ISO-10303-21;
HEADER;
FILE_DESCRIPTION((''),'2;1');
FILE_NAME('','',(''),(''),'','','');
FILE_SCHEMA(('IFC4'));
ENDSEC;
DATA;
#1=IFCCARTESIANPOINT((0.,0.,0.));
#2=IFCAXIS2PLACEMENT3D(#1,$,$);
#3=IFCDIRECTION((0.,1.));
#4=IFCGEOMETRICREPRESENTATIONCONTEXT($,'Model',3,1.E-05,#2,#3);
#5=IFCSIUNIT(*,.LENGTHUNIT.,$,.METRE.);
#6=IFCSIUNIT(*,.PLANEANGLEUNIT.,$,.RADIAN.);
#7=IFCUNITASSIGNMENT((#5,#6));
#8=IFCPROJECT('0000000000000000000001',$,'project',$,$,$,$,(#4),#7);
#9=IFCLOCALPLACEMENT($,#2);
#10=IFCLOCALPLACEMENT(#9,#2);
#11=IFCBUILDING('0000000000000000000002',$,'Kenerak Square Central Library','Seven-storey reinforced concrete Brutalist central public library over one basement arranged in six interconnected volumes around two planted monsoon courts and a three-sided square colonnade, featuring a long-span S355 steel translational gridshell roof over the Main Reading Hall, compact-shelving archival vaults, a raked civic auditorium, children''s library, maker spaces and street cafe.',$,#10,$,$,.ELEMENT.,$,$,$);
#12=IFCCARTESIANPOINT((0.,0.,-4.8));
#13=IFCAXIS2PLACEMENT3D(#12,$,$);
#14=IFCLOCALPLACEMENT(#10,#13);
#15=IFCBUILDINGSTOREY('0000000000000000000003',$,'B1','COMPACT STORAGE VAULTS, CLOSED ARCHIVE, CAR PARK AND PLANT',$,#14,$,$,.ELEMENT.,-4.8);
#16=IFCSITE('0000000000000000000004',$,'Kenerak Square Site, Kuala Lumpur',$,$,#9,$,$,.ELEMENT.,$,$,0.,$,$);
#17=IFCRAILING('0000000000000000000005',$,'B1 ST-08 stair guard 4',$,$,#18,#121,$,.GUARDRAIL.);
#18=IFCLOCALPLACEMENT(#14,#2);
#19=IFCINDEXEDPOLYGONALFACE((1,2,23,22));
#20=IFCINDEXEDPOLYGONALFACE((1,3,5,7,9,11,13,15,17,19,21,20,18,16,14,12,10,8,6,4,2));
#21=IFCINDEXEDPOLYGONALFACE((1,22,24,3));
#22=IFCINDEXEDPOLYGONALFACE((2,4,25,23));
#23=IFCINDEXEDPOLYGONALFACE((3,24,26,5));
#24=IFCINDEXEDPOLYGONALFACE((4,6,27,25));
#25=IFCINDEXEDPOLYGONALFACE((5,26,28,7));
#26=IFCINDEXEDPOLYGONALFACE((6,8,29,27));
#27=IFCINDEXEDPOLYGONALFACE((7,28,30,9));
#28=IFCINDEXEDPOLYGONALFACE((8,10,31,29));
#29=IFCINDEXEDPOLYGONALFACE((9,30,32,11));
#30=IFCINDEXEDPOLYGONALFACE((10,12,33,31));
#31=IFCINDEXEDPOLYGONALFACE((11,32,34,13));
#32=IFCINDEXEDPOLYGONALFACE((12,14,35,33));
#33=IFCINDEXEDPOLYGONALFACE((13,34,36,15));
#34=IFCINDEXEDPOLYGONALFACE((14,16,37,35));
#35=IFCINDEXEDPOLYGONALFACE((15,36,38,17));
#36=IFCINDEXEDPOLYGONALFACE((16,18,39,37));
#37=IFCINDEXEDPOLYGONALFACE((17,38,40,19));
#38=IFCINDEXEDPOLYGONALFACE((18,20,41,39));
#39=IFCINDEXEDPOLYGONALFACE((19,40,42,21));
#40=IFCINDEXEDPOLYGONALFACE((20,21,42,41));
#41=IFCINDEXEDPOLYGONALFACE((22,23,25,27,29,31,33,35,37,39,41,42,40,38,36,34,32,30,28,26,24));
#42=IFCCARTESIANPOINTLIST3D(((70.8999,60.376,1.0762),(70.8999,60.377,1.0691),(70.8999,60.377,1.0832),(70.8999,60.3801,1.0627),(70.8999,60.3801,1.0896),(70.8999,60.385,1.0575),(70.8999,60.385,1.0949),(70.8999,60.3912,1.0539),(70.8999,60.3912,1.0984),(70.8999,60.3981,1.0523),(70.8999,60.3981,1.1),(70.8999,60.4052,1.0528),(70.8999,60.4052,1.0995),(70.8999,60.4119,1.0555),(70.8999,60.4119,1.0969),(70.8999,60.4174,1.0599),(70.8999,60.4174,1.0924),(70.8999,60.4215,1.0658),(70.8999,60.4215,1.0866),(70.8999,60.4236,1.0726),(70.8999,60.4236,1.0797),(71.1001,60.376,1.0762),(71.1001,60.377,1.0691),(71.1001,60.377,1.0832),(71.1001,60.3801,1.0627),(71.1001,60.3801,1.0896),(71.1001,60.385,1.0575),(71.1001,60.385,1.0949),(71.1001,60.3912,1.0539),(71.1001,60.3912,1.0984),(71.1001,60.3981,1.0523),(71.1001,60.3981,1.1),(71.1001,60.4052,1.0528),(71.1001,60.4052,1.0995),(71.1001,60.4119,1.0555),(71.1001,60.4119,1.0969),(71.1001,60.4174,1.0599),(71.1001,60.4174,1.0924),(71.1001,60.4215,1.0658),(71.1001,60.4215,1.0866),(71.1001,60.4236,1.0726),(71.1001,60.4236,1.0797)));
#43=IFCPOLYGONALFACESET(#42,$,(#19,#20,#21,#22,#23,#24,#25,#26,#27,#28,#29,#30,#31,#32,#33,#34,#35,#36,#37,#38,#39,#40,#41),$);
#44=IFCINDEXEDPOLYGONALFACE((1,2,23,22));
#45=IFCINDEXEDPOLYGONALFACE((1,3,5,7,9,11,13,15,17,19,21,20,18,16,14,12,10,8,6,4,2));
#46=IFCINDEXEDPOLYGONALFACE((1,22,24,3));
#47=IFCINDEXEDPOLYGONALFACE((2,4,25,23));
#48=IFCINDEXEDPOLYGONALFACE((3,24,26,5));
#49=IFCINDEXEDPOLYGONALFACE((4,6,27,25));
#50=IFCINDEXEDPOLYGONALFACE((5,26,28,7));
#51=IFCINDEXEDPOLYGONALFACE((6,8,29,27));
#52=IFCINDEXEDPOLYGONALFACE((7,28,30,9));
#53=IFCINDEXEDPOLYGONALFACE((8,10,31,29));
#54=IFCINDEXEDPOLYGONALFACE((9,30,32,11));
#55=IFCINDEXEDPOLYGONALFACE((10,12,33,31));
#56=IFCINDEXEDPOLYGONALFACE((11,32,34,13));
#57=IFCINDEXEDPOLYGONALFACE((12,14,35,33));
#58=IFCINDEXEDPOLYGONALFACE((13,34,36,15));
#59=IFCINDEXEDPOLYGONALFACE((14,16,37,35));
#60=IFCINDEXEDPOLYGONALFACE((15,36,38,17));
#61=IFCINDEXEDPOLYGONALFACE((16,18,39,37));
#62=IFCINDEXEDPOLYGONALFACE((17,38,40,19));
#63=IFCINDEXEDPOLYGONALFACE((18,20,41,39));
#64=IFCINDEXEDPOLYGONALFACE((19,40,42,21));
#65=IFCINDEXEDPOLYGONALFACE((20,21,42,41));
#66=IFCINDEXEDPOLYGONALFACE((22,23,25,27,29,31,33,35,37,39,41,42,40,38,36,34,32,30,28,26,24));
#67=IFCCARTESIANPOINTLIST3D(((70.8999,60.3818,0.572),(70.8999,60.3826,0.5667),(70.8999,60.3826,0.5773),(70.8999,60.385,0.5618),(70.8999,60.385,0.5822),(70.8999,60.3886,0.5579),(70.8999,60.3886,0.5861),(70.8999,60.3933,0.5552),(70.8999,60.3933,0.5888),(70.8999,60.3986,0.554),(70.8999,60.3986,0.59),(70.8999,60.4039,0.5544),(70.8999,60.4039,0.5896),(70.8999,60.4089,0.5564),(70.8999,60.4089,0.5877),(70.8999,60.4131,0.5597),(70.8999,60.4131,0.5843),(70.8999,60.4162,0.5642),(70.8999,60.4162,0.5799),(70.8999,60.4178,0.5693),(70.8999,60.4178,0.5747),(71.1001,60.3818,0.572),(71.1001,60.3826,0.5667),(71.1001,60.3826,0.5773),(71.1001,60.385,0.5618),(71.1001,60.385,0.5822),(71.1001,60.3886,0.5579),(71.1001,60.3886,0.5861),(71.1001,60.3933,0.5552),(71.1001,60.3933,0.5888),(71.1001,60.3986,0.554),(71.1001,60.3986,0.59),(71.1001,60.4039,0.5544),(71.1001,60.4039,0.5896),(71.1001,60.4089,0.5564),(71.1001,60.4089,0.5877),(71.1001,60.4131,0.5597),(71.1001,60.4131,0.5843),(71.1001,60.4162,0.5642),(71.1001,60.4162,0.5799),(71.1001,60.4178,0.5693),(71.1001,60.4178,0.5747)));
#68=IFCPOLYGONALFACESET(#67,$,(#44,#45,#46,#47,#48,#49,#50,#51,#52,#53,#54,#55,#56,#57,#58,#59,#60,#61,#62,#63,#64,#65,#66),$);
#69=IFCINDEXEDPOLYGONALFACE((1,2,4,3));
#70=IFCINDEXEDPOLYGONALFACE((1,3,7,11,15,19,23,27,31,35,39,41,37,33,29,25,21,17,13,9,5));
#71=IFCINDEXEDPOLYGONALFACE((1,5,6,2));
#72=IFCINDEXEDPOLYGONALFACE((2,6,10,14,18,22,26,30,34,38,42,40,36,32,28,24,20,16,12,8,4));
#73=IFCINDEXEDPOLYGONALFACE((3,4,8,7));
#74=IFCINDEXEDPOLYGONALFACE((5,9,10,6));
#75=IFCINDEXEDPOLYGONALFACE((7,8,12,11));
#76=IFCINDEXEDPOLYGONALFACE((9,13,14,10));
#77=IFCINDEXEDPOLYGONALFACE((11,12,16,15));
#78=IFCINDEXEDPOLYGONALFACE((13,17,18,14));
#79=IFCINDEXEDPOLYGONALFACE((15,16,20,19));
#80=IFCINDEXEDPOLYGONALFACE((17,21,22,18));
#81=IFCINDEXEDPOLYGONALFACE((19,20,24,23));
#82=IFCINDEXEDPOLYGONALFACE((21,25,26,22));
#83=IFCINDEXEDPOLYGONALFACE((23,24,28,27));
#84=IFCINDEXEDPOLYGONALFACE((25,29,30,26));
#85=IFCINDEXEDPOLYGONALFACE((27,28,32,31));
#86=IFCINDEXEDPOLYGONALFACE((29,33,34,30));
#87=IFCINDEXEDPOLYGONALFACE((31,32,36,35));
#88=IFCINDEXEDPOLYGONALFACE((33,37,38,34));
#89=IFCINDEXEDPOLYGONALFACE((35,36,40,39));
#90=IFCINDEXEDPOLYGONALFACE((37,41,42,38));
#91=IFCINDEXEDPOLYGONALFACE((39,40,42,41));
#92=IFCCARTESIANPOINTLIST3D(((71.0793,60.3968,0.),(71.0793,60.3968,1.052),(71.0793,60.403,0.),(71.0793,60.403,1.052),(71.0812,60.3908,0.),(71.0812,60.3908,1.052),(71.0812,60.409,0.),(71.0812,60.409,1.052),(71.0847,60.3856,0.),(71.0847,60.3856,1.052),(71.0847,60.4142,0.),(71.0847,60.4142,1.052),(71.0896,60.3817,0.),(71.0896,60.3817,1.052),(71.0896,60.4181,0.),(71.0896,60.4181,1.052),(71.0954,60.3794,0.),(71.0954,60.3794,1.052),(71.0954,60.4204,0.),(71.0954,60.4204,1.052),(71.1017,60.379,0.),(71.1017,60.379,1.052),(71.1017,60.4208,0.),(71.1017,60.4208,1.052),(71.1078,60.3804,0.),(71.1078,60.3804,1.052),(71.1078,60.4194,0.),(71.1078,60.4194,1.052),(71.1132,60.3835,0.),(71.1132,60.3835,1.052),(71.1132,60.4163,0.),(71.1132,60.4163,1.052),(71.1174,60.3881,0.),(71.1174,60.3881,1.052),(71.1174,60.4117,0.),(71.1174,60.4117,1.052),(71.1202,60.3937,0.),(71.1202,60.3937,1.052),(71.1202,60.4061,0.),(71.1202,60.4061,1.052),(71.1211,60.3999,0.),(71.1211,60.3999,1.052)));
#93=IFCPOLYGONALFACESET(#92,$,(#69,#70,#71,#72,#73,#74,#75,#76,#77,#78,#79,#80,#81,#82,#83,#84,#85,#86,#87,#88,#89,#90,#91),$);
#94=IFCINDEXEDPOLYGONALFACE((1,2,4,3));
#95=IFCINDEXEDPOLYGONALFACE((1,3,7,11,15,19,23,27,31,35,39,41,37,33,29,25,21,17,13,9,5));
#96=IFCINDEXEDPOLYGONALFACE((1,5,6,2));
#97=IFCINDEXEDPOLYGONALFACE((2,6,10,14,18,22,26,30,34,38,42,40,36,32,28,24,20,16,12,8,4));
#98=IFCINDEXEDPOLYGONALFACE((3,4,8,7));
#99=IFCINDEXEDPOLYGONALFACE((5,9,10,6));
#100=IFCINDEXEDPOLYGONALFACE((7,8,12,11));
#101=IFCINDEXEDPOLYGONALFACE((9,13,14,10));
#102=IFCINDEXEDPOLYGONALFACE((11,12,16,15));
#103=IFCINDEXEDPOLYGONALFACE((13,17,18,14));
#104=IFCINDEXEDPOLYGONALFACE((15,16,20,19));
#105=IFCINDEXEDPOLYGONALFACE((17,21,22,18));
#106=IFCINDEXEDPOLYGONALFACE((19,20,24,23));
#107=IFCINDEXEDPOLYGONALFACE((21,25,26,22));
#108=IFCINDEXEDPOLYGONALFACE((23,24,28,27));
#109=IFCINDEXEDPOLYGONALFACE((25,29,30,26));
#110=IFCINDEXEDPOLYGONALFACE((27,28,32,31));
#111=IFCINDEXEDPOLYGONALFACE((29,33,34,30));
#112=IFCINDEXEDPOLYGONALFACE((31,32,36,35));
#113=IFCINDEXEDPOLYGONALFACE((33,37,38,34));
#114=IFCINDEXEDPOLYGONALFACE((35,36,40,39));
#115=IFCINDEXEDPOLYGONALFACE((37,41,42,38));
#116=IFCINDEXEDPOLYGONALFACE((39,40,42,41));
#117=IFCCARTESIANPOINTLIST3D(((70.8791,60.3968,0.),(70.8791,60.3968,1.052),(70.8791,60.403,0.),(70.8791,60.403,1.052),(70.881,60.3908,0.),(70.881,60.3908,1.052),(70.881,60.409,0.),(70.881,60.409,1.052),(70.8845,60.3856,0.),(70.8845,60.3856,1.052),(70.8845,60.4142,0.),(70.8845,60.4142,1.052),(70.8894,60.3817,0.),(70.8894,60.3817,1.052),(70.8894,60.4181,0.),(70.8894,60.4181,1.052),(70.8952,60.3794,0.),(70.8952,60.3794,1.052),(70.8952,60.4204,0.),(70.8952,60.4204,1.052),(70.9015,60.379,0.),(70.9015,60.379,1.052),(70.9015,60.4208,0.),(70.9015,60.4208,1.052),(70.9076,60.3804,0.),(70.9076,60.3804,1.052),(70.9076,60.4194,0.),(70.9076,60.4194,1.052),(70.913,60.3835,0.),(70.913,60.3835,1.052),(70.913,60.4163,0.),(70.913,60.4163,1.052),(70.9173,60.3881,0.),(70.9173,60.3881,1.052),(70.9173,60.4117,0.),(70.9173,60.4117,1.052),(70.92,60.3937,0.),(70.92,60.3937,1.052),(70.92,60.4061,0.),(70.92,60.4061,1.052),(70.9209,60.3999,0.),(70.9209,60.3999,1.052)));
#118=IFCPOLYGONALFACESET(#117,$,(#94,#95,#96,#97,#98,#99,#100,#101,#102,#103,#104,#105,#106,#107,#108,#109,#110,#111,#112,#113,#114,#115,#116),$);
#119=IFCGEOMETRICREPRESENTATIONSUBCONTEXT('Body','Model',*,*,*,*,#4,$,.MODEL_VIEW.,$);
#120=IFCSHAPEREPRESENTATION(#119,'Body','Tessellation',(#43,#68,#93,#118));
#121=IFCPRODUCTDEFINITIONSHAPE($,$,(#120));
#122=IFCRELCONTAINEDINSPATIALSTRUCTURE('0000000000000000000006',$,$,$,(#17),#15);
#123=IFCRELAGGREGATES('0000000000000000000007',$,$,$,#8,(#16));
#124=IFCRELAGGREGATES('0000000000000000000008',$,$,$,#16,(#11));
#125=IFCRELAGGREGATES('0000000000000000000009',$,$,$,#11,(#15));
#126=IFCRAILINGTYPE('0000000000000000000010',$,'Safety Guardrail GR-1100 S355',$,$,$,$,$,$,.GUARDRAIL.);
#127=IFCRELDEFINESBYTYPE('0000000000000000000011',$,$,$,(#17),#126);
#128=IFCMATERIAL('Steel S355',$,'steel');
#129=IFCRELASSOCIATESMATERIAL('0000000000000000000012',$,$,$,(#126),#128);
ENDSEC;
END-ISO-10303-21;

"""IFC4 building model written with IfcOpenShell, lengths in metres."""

from ifc_helpers import new_model, si_unit, direction, frame, origin, origin_2d, place, context, subcontext, project, spatial, circle, extrude, material, type_object, element, save


model = new_model("IFC4")

# Units and contexts
model_context = context("Model", 3, precision=1e-05, world=origin(), true_north=direction((0.0, 1.0)))
body_context = subcontext(model_context, "Body", "Model", "MODEL_VIEW")
ifc_project = project(units=[si_unit("LENGTHUNIT", "METRE"), si_unit("PLANEANGLEUNIT", "RADIAN")], contexts=[model_context])

# Site, building, storey
site_placement = place(None, origin())
site = spatial("IfcSite", under=ifc_project, at=site_placement, Name="Kenerak Square Site, Kuala Lumpur", CompositionType="ELEMENT", RefElevation=0.0)
building_placement = place(site_placement, origin())
building = spatial("IfcBuilding", under=site, at=building_placement, Name="Kenerak Square Central Library", Description="Seven-storey reinforced concrete Brutalist central public library over one basement arranged in six interconnected volumes around two planted monsoon courts and a three-sided square colonnade, featuring a long-span S355 steel translational gridshell roof over the Main Reading Hall, compact-shelving archival vaults, a raked civic auditorium, children's library, maker spaces and street cafe.", CompositionType="ELEMENT")
storey_placement = place(building_placement, frame((0.0, 0.0, -4.8)))
storey = spatial("IfcBuildingStorey", under=building, at=storey_placement, Name="B1", Description="COMPACT STORAGE VAULTS, CLOSED ARCHIVE, CAR PARK AND PLANT", CompositionType="ELEMENT", Elevation=-4.8)

# Shared definitions
ifc_material_1 = material(Name="Steel S355", Category="steel")

# Railing
railing_type_1 = type_object("IfcRailingType", Name="Safety Guardrail GR-1100 S355", PredefinedType="GUARDRAIL", material=ifc_material_1)
railing_1_placement = place(storey_placement, frame((71.1001, 60.3999, 0.0)))
element("IfcRailing", 1, at=railing_1_placement, inside=storey, type_object=railing_type_1, Name="B1 ST-08 stair guard 4", PredefinedType="GUARDRAIL", context=body_context, shape_type="SweptSolid", body=[
    extrude(circle(Radius=0.0239, at=origin_2d()), frame((0.0, 0.0, 1.0762), z_axis=(-1.0, 0.0, 0.0), x_axis=(0.0, -1.0, 0.0)), (0.0, 0.0, 1.0), 0.2002),
    extrude(circle(Radius=0.0181, at=origin_2d()), frame((0.0, 0.0, 0.572), z_axis=(-1.0, 0.0, 0.0), x_axis=(0.0, -1.0, 0.0)), (0.0, 0.0, 1.0), 0.2002),
    extrude(circle(Radius=0.021, at=origin_2d()), origin(), (0.0, 0.0, 1.0), 1.052),
    extrude(circle(Radius=0.021, at=origin_2d()), frame((-0.2002, 0.0, 0.0)), (0.0, 0.0, 1.0), 1.052),
])

save(model, "model.ifc")
